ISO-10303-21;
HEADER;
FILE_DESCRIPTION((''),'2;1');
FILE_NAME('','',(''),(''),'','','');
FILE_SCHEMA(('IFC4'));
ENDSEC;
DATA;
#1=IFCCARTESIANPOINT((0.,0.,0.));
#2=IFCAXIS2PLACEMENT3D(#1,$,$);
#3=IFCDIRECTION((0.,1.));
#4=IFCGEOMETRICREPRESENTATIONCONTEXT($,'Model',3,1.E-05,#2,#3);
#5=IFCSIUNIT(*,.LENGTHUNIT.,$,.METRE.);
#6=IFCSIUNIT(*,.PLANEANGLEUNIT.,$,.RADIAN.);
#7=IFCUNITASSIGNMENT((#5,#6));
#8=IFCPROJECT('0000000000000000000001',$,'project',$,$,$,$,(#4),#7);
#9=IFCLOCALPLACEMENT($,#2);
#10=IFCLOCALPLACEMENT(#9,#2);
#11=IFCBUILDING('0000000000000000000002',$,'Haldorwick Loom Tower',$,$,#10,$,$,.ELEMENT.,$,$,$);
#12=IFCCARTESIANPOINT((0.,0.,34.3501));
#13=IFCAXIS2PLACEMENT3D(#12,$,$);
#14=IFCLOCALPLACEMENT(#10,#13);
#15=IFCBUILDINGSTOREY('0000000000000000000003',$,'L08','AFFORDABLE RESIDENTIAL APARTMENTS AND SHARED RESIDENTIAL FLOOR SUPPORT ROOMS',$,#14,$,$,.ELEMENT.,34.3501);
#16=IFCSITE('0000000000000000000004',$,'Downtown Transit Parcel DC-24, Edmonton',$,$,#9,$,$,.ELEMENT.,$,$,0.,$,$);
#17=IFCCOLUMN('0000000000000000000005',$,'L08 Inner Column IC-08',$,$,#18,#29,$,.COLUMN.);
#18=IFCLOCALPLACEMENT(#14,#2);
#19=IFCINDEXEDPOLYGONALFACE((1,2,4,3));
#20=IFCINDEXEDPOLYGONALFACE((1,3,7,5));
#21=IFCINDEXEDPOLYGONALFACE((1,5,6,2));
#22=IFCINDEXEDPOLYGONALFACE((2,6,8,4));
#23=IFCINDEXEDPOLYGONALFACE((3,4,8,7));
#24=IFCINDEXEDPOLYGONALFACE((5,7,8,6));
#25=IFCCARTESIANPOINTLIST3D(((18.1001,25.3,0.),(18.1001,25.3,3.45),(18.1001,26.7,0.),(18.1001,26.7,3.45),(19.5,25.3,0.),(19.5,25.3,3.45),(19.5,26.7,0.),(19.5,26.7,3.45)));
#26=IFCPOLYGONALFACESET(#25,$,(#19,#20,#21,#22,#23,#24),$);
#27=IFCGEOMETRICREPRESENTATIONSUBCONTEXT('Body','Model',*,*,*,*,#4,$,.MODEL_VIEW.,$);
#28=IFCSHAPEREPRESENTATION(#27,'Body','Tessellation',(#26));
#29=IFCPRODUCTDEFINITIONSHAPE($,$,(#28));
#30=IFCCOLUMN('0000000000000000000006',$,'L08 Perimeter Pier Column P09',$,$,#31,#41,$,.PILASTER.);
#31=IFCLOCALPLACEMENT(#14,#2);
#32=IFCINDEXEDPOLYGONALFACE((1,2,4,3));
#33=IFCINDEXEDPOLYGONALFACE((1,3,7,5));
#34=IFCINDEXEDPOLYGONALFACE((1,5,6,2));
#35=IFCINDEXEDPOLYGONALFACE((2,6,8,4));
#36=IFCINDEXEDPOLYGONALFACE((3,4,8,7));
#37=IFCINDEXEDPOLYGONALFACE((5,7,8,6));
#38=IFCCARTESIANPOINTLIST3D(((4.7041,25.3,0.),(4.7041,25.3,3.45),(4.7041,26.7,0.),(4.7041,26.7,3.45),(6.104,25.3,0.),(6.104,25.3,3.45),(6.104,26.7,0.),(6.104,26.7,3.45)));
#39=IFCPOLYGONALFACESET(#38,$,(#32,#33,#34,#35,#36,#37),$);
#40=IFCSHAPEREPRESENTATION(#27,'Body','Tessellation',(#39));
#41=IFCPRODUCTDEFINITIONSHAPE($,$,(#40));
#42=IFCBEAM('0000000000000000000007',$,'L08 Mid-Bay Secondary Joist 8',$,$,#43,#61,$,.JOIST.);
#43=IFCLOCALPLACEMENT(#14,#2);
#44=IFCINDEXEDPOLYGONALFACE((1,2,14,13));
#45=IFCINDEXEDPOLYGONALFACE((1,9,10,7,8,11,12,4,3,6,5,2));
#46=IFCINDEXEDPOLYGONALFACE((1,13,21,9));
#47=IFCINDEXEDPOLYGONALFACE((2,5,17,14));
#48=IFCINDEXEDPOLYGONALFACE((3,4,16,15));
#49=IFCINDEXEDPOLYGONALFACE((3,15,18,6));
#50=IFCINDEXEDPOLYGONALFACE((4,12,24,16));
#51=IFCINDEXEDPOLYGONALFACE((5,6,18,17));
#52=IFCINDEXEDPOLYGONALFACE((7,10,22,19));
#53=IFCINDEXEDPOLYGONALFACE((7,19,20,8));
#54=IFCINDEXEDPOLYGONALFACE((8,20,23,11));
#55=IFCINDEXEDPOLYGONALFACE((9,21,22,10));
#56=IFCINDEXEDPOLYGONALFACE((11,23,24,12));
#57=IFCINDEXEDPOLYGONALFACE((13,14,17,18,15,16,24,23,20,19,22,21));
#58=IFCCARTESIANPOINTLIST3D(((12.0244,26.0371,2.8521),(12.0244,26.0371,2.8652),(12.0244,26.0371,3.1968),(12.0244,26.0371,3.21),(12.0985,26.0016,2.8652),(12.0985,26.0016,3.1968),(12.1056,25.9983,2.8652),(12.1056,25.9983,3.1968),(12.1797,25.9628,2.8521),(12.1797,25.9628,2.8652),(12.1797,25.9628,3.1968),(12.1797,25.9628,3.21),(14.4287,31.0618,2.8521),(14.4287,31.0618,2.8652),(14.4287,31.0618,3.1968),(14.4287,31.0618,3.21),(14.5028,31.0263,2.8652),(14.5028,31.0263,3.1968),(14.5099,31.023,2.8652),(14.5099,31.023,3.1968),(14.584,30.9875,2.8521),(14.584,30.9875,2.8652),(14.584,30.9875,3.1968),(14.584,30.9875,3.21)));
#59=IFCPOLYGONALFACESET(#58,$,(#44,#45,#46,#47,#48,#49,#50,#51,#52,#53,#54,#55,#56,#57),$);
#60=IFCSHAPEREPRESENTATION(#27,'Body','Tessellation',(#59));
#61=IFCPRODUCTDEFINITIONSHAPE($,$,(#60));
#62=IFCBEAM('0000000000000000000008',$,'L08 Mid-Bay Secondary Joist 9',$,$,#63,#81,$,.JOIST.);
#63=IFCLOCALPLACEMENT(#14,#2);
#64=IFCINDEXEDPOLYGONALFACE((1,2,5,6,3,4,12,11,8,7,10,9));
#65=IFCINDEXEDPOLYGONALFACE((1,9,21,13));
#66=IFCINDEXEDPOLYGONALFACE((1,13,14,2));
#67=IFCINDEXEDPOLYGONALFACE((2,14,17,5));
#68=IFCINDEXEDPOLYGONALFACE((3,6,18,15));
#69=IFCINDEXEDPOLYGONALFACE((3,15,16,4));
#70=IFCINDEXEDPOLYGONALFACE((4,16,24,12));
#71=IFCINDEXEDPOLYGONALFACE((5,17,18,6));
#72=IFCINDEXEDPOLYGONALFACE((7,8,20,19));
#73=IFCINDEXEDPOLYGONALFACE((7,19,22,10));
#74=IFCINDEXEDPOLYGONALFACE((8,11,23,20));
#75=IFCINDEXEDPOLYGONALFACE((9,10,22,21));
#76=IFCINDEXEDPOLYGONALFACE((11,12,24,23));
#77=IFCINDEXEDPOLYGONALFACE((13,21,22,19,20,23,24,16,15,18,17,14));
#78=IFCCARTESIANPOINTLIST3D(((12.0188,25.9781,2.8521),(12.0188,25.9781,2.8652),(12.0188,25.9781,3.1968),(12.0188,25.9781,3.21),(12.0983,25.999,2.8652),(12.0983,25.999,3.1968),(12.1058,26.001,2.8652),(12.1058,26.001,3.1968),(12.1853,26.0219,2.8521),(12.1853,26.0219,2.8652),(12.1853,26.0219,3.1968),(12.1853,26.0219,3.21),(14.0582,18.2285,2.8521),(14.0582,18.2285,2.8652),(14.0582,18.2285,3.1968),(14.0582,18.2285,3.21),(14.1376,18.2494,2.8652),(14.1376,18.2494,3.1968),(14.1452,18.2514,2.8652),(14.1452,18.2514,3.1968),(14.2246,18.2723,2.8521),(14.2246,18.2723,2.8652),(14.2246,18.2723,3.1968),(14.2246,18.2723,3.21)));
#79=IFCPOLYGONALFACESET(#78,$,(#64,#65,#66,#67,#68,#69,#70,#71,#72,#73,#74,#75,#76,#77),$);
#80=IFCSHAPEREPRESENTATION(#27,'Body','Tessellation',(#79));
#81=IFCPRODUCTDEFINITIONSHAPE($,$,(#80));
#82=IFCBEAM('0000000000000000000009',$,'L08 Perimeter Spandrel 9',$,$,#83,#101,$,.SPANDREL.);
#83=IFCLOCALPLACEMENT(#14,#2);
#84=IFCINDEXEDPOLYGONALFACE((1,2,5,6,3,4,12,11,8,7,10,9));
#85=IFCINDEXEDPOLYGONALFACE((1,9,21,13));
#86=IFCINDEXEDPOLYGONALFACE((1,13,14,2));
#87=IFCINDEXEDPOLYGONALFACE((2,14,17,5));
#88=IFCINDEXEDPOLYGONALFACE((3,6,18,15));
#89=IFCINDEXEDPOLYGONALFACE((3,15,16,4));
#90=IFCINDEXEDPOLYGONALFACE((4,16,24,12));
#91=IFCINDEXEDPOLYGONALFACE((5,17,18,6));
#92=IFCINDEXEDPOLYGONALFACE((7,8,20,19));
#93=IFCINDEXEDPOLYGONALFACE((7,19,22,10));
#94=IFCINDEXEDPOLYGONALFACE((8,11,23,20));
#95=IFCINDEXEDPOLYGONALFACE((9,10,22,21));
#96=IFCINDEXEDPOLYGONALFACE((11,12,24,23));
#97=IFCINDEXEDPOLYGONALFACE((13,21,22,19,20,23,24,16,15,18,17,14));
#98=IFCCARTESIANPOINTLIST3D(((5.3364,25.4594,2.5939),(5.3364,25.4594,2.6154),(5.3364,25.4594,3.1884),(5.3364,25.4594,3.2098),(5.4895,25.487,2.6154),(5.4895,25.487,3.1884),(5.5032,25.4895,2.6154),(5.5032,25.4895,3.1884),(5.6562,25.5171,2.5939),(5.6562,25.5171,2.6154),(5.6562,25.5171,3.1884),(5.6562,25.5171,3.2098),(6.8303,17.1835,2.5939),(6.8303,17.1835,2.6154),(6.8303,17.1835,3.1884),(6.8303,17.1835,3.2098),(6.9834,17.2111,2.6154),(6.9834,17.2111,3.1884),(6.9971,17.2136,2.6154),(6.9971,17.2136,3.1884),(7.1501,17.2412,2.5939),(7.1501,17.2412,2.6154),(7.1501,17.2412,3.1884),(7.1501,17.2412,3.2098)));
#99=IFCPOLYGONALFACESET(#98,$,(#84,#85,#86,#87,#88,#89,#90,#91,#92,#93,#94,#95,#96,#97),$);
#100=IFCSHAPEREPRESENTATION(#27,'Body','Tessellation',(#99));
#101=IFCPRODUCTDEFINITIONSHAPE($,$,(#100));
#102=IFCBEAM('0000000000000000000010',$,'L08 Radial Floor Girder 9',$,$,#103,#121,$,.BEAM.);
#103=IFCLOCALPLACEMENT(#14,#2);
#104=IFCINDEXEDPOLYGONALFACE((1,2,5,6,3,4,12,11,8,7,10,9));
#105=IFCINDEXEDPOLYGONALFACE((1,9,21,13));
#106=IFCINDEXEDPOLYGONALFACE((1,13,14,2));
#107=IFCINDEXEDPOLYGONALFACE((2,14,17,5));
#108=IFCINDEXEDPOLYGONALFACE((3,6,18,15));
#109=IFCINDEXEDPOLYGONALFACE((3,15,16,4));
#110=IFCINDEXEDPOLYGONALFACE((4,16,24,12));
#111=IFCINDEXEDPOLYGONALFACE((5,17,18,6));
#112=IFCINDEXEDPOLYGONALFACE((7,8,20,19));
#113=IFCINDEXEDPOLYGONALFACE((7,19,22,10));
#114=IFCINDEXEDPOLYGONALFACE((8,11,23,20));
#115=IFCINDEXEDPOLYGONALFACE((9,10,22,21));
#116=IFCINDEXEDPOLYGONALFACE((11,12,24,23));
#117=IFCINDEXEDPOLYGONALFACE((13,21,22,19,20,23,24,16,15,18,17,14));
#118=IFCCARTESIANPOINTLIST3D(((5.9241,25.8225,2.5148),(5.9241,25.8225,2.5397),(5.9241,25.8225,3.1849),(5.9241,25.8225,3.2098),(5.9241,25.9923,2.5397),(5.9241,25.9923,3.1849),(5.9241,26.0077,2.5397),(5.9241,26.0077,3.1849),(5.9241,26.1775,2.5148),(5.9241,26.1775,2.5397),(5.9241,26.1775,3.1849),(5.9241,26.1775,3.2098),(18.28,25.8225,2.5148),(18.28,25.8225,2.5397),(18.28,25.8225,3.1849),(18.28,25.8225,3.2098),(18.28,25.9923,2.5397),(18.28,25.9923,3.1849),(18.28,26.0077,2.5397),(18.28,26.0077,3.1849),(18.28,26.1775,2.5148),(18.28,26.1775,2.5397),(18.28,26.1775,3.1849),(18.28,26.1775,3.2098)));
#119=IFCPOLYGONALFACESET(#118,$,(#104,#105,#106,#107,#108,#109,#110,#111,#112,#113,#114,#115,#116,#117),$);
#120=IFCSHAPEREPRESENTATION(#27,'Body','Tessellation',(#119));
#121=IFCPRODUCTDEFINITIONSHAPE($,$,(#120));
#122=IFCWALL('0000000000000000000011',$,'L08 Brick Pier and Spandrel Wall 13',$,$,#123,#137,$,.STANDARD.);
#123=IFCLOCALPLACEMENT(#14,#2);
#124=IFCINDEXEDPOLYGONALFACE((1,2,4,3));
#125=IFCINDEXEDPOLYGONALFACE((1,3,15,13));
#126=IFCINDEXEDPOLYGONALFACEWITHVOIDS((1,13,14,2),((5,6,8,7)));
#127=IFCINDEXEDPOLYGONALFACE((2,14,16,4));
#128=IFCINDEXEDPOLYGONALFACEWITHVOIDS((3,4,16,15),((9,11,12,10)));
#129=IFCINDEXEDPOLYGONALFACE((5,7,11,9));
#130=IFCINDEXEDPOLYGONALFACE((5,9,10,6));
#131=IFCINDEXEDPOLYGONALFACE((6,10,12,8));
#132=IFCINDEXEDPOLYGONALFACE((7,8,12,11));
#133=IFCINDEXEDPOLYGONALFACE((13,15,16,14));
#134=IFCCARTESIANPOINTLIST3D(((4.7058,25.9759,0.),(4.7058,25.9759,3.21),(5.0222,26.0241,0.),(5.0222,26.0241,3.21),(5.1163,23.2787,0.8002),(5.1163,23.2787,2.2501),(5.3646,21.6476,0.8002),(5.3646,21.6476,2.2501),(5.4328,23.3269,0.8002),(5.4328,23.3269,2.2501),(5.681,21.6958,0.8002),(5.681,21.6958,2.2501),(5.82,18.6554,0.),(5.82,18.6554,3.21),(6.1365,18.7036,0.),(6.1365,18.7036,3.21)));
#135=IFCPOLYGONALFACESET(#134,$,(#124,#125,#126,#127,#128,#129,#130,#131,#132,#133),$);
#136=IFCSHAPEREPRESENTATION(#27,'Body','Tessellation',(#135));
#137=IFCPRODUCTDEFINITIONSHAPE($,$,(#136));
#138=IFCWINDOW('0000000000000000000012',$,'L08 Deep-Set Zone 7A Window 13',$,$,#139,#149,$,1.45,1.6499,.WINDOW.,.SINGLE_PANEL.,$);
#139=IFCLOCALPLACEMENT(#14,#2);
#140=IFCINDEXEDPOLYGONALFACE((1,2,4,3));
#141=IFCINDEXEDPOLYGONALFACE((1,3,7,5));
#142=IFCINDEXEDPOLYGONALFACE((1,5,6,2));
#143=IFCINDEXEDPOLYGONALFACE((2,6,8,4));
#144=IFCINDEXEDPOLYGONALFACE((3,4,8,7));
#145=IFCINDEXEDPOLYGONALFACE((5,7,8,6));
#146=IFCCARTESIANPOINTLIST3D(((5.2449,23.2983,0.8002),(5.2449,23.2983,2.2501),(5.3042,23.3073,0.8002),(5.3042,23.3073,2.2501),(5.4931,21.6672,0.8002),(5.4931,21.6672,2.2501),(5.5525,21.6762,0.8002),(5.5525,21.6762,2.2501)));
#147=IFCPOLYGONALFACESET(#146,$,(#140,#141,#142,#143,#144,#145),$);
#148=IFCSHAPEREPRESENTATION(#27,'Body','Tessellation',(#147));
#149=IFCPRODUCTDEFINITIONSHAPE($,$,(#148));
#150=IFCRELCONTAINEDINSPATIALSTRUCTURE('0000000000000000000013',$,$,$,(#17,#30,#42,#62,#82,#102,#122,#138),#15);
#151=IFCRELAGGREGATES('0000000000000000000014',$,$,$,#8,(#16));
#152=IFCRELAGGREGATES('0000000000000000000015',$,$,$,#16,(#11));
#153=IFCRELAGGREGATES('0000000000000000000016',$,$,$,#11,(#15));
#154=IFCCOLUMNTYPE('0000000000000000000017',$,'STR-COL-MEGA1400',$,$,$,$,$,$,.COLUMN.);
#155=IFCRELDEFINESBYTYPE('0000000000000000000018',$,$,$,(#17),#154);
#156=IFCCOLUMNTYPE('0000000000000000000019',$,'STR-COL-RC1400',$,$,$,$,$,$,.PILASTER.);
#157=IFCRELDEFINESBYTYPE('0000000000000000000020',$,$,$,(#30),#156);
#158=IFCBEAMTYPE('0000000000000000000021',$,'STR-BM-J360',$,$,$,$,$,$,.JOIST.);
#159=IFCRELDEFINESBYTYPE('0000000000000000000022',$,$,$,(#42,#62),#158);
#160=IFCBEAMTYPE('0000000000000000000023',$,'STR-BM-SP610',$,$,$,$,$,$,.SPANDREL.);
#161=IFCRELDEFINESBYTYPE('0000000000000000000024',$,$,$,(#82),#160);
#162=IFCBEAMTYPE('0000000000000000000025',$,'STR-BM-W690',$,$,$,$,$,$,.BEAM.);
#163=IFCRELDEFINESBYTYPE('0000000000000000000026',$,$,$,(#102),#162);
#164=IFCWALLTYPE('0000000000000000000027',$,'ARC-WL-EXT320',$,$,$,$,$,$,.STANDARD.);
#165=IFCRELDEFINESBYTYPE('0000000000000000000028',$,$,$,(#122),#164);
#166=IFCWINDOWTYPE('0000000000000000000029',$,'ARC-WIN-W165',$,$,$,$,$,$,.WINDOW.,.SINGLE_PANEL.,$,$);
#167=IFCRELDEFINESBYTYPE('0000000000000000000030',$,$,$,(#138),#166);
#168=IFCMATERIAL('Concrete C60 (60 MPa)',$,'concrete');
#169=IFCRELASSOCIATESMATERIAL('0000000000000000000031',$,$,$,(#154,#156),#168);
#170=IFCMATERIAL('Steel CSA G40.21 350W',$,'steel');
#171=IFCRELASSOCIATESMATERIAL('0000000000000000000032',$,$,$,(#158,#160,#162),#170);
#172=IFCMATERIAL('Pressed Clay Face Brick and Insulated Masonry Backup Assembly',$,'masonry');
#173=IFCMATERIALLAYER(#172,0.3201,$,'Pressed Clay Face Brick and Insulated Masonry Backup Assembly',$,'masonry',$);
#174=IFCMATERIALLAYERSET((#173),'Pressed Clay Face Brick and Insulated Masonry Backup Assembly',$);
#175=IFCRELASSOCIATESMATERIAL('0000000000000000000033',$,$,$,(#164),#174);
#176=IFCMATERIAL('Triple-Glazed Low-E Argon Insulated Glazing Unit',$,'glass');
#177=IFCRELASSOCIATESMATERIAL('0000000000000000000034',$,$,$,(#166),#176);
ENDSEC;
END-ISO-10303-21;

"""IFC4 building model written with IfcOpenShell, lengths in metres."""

from ifc_helpers import new_model, si_unit, direction, frame, frame_2d, origin, origin_2d, place, context, subcontext, project, spatial, rectangle, i_section, extrude, material, layer, layer_set, material_profile, profile_set, type_object, element, fill, save


model = new_model("IFC4")

# Units and contexts
model_context = context("Model", 3, precision=1e-05, world=origin(), true_north=direction((0.0, 1.0)))
body_context = subcontext(model_context, "Body", "Model", "MODEL_VIEW")
ifc_project = project(units=[si_unit("LENGTHUNIT", "METRE"), si_unit("PLANEANGLEUNIT", "RADIAN")], contexts=[model_context])

# Site, building, storey
site_placement = place(None, origin())
site = spatial("IfcSite", under=ifc_project, at=site_placement, Name="Downtown Transit Parcel DC-24, Edmonton", CompositionType="ELEMENT", RefElevation=0.0)
building_placement = place(site_placement, origin())
building = spatial("IfcBuilding", under=site, at=building_placement, Name="Haldorwick Loom Tower", CompositionType="ELEMENT")
storey_placement = place(building_placement, frame((0.0, 0.0, 34.3501)))
storey = spatial("IfcBuildingStorey", under=building, at=storey_placement, Name="L08", Description="AFFORDABLE RESIDENTIAL APARTMENTS AND SHARED RESIDENTIAL FLOOR SUPPORT ROOMS", CompositionType="ELEMENT", Elevation=34.3501)

# Columns
ifc_material_1 = material(Name="Concrete C60 (60 MPa)", Category="concrete")
ifc_material_profile_1 = material_profile(ifc_material_1, rectangle(XDim=1.3999, YDim=1.3999, at=origin_2d()), Name="RC1400X1400", Category="concrete")
ifc_profile_set_1 = profile_set([ifc_material_profile_1], Name="Concrete C60 (60 MPa)")
column_type_1 = type_object("IfcColumnType", Name="STR-COL-MEGA1400", PredefinedType="COLUMN", material=ifc_profile_set_1)
column_1_placement = place(storey_placement, frame((18.8, 26.0, 0.0), z_axis=(0.0, 0.0, 1.0), x_axis=(1.0, 0.0, 0.0)))
element("IfcColumn", 1, at=column_1_placement, inside=storey, type_object=column_type_1, Name="L08 Inner Column IC-08", PredefinedType="COLUMN", context=body_context, shape_type="SweptSolid", body=[
    extrude(rectangle(XDim=1.3999, YDim=1.3999, at=origin_2d()), origin(), (0.0, 0.0, 1.0), 3.45),
])
ifc_material_profile_2 = material_profile(ifc_material_1, rectangle(XDim=1.3999, YDim=1.3999, at=origin_2d()), Name="RC1400X1400", Category="concrete")
ifc_profile_set_2 = profile_set([ifc_material_profile_2], Name="Concrete C60 (60 MPa)")
column_type_2 = type_object("IfcColumnType", Name="STR-COL-RC1400", PredefinedType="PILASTER", material=ifc_profile_set_2)
column_2_placement = place(storey_placement, frame((5.4041, 26.0, 0.0), z_axis=(0.0, 0.0, 1.0), x_axis=(-1.0, 0.0, 0.0)))
element("IfcColumn", 2, at=column_2_placement, inside=storey, type_object=column_type_2, Name="L08 Perimeter Pier Column P09", PredefinedType="PILASTER", context=body_context, shape_type="SweptSolid", body=[
    extrude(rectangle(XDim=1.3999, YDim=1.3999, at=origin_2d()), origin(), (0.0, 0.0, 1.0), 3.45),
])

# Beams
ifc_material_2 = material(Name="Steel CSA G40.21 350W", Category="steel")
ifc_material_profile_3 = material_profile(ifc_material_2, i_section(OverallWidth=0.1721, OverallDepth=0.3579, WebThickness=0.0078, FlangeThickness=0.0132, at=origin_2d()), Name="W360X57", Category="steel")
ifc_profile_set_3 = profile_set([ifc_material_profile_3], Name="Steel CSA G40.21 350W")
beam_type_1 = type_object("IfcBeamType", Name="STR-BM-J360", PredefinedType="JOIST", material=ifc_profile_set_3)
beam_1_placement = place(storey_placement, frame((14.5063, 31.0247, 3.031), z_axis=(-0.431631, -0.90205, 0.0), x_axis=(0.90205, -0.431631, 0.0)))
element("IfcBeam", 3, at=beam_1_placement, inside=storey, type_object=beam_type_1, Name="L08 Mid-Bay Secondary Joist 8", PredefinedType="JOIST", context=body_context, shape_type="SweptSolid", body=[
    extrude(i_section(OverallWidth=0.1721, OverallDepth=0.3579, WebThickness=0.0078, FlangeThickness=0.0132, at=origin_2d()), origin(), (0.0, 0.0, 1.0), 5.5703),
])
beam_2_placement = place(storey_placement, frame((12.1021, 26.0, 3.031), z_axis=(0.254489, -0.967076, 0.0), x_axis=(0.967076, 0.254489, 0.0)))
element("IfcBeam", 4, at=beam_2_placement, inside=storey, type_object=beam_type_1, Name="L08 Mid-Bay Secondary Joist 9", PredefinedType="JOIST", context=body_context, shape_type="SweptSolid", body=[
    extrude(i_section(OverallWidth=0.1721, OverallDepth=0.3579, WebThickness=0.0078, FlangeThickness=0.0132, at=origin_2d()), origin(), (0.0, 0.0, 1.0), 8.0134),
])
ifc_material_profile_4 = material_profile(ifc_material_2, i_section(OverallWidth=0.325, OverallDepth=0.616, WebThickness=0.0139, FlangeThickness=0.0215, at=origin_2d()), Name="W610X174", Category="steel")
ifc_profile_set_4 = profile_set([ifc_material_profile_4], Name="Steel CSA G40.21 350W")
beam_type_2 = type_object("IfcBeamType", Name="STR-BM-SP610", PredefinedType="SPANDREL", material=ifc_profile_set_4)
beam_3_placement = place(storey_placement, frame((5.4963, 25.4883, 2.9019), z_axis=(0.177641, -0.984095, 0.0), x_axis=(0.984095, 0.177641, 0.0)))
element("IfcBeam", 5, at=beam_3_placement, inside=storey, type_object=beam_type_2, Name="L08 Perimeter Spandrel 9", PredefinedType="SPANDREL", context=body_context, shape_type="SweptSolid", body=[
    extrude(i_section(OverallWidth=0.325, OverallDepth=0.616, WebThickness=0.0139, FlangeThickness=0.0215, at=origin_2d()), origin(), (0.0, 0.0, 1.0), 8.4097),
])
ifc_material_profile_5 = material_profile(ifc_material_2, i_section(OverallWidth=0.355, OverallDepth=0.6951, WebThickness=0.0154, FlangeThickness=0.0249, at=origin_2d()), Name="W690X217", Category="steel")
ifc_profile_set_5 = profile_set([ifc_material_profile_5], Name="Steel CSA G40.21 350W")
beam_type_3 = type_object("IfcBeamType", Name="STR-BM-W690", PredefinedType="BEAM", material=ifc_profile_set_5)
beam_4_placement = place(storey_placement, frame((18.28, 26.0, 2.8623), z_axis=(-1.0, 0.0, 0.0), x_axis=(0.0, -1.0, 0.0)))
element("IfcBeam", 6, at=beam_4_placement, inside=storey, type_object=beam_type_3, Name="L08 Radial Floor Girder 9", PredefinedType="BEAM", context=body_context, shape_type="SweptSolid", body=[
    extrude(i_section(OverallWidth=0.355, OverallDepth=0.6951, WebThickness=0.0154, FlangeThickness=0.0249, at=origin_2d()), origin(), (0.0, 0.0, 1.0), 12.356),
])

# Wall, opening, window
ifc_material_3 = material(Name="Pressed Clay Face Brick and Insulated Masonry Backup Assembly", Category="masonry")
ifc_layer_1 = layer(ifc_material_3, 0.3201, Name="Pressed Clay Face Brick and Insulated Masonry Backup Assembly", Category="masonry")
ifc_layer_set_1 = layer_set([ifc_layer_1], Name="Pressed Clay Face Brick and Insulated Masonry Backup Assembly")
wall_type_1 = type_object("IfcWallType", Name="ARC-WL-EXT320", PredefinedType="STANDARD", material=ifc_layer_set_1)
wall_1_placement = place(storey_placement, frame((4.864, 26.0, 0.0), z_axis=(0.0, 0.0, 1.0), x_axis=(0.150476, -0.988614, 0.0)))
wall_1 = element("IfcWall", 7, at=wall_1_placement, inside=storey, type_object=wall_type_1, Name="L08 Brick Pier and Spandrel Wall 13", PredefinedType="STANDARD", context=body_context, shape_type="SweptSolid", body=[
    extrude(rectangle(XDim=7.4048, YDim=0.3201, at=frame_2d((3.7024, 0.0))), origin(), (0.0, 0.0, 1.0), 3.21),
])
opening_1_placement = place(wall_1_placement, frame((2.7283, 0.0, 0.8)))
opening_1 = element("IfcOpeningElement", 8, at=opening_1_placement, cuts=wall_1, PredefinedType="OPENING", context=body_context, shape_type="SweptSolid", body=[
    extrude(rectangle(XDim=1.6499, YDim=1.45, at=frame_2d((0.825, 0.7251))), frame((0.0, 0.1699, 0.0), z_axis=(0.0, -1.0, 0.0), x_axis=(1.0, 0.0, 0.0)), (0.0, 0.0, 1.0), 0.3401),
])
ifc_material_4 = material(Name="Triple-Glazed Low-E Argon Insulated Glazing Unit", Category="glass")
window_type = type_object("IfcWindowType", Name="ARC-WIN-W165", PartitioningType="SINGLE_PANEL", PredefinedType="WINDOW", material=ifc_material_4)
window_placement = place(opening_1_placement, origin())
window = element("IfcWindow", 9, at=window_placement, inside=storey, type_object=window_type, Name="L08 Deep-Set Zone 7A Window 13", OverallHeight=1.45, OverallWidth=1.6499, PartitioningType="SINGLE_PANEL", PredefinedType="WINDOW", context=body_context, shape_type="SweptSolid", body=[
    extrude(rectangle(XDim=1.6499, YDim=1.45, at=frame_2d((0.825, 0.7251))), frame((0.0, 0.03, 0.0), z_axis=(0.0, -1.0, 0.0), x_axis=(1.0, 0.0, 0.0)), (0.0, 0.0, 1.0), 0.0601),
])
fill(opening_1, window)

save(model, "model.ifc")
